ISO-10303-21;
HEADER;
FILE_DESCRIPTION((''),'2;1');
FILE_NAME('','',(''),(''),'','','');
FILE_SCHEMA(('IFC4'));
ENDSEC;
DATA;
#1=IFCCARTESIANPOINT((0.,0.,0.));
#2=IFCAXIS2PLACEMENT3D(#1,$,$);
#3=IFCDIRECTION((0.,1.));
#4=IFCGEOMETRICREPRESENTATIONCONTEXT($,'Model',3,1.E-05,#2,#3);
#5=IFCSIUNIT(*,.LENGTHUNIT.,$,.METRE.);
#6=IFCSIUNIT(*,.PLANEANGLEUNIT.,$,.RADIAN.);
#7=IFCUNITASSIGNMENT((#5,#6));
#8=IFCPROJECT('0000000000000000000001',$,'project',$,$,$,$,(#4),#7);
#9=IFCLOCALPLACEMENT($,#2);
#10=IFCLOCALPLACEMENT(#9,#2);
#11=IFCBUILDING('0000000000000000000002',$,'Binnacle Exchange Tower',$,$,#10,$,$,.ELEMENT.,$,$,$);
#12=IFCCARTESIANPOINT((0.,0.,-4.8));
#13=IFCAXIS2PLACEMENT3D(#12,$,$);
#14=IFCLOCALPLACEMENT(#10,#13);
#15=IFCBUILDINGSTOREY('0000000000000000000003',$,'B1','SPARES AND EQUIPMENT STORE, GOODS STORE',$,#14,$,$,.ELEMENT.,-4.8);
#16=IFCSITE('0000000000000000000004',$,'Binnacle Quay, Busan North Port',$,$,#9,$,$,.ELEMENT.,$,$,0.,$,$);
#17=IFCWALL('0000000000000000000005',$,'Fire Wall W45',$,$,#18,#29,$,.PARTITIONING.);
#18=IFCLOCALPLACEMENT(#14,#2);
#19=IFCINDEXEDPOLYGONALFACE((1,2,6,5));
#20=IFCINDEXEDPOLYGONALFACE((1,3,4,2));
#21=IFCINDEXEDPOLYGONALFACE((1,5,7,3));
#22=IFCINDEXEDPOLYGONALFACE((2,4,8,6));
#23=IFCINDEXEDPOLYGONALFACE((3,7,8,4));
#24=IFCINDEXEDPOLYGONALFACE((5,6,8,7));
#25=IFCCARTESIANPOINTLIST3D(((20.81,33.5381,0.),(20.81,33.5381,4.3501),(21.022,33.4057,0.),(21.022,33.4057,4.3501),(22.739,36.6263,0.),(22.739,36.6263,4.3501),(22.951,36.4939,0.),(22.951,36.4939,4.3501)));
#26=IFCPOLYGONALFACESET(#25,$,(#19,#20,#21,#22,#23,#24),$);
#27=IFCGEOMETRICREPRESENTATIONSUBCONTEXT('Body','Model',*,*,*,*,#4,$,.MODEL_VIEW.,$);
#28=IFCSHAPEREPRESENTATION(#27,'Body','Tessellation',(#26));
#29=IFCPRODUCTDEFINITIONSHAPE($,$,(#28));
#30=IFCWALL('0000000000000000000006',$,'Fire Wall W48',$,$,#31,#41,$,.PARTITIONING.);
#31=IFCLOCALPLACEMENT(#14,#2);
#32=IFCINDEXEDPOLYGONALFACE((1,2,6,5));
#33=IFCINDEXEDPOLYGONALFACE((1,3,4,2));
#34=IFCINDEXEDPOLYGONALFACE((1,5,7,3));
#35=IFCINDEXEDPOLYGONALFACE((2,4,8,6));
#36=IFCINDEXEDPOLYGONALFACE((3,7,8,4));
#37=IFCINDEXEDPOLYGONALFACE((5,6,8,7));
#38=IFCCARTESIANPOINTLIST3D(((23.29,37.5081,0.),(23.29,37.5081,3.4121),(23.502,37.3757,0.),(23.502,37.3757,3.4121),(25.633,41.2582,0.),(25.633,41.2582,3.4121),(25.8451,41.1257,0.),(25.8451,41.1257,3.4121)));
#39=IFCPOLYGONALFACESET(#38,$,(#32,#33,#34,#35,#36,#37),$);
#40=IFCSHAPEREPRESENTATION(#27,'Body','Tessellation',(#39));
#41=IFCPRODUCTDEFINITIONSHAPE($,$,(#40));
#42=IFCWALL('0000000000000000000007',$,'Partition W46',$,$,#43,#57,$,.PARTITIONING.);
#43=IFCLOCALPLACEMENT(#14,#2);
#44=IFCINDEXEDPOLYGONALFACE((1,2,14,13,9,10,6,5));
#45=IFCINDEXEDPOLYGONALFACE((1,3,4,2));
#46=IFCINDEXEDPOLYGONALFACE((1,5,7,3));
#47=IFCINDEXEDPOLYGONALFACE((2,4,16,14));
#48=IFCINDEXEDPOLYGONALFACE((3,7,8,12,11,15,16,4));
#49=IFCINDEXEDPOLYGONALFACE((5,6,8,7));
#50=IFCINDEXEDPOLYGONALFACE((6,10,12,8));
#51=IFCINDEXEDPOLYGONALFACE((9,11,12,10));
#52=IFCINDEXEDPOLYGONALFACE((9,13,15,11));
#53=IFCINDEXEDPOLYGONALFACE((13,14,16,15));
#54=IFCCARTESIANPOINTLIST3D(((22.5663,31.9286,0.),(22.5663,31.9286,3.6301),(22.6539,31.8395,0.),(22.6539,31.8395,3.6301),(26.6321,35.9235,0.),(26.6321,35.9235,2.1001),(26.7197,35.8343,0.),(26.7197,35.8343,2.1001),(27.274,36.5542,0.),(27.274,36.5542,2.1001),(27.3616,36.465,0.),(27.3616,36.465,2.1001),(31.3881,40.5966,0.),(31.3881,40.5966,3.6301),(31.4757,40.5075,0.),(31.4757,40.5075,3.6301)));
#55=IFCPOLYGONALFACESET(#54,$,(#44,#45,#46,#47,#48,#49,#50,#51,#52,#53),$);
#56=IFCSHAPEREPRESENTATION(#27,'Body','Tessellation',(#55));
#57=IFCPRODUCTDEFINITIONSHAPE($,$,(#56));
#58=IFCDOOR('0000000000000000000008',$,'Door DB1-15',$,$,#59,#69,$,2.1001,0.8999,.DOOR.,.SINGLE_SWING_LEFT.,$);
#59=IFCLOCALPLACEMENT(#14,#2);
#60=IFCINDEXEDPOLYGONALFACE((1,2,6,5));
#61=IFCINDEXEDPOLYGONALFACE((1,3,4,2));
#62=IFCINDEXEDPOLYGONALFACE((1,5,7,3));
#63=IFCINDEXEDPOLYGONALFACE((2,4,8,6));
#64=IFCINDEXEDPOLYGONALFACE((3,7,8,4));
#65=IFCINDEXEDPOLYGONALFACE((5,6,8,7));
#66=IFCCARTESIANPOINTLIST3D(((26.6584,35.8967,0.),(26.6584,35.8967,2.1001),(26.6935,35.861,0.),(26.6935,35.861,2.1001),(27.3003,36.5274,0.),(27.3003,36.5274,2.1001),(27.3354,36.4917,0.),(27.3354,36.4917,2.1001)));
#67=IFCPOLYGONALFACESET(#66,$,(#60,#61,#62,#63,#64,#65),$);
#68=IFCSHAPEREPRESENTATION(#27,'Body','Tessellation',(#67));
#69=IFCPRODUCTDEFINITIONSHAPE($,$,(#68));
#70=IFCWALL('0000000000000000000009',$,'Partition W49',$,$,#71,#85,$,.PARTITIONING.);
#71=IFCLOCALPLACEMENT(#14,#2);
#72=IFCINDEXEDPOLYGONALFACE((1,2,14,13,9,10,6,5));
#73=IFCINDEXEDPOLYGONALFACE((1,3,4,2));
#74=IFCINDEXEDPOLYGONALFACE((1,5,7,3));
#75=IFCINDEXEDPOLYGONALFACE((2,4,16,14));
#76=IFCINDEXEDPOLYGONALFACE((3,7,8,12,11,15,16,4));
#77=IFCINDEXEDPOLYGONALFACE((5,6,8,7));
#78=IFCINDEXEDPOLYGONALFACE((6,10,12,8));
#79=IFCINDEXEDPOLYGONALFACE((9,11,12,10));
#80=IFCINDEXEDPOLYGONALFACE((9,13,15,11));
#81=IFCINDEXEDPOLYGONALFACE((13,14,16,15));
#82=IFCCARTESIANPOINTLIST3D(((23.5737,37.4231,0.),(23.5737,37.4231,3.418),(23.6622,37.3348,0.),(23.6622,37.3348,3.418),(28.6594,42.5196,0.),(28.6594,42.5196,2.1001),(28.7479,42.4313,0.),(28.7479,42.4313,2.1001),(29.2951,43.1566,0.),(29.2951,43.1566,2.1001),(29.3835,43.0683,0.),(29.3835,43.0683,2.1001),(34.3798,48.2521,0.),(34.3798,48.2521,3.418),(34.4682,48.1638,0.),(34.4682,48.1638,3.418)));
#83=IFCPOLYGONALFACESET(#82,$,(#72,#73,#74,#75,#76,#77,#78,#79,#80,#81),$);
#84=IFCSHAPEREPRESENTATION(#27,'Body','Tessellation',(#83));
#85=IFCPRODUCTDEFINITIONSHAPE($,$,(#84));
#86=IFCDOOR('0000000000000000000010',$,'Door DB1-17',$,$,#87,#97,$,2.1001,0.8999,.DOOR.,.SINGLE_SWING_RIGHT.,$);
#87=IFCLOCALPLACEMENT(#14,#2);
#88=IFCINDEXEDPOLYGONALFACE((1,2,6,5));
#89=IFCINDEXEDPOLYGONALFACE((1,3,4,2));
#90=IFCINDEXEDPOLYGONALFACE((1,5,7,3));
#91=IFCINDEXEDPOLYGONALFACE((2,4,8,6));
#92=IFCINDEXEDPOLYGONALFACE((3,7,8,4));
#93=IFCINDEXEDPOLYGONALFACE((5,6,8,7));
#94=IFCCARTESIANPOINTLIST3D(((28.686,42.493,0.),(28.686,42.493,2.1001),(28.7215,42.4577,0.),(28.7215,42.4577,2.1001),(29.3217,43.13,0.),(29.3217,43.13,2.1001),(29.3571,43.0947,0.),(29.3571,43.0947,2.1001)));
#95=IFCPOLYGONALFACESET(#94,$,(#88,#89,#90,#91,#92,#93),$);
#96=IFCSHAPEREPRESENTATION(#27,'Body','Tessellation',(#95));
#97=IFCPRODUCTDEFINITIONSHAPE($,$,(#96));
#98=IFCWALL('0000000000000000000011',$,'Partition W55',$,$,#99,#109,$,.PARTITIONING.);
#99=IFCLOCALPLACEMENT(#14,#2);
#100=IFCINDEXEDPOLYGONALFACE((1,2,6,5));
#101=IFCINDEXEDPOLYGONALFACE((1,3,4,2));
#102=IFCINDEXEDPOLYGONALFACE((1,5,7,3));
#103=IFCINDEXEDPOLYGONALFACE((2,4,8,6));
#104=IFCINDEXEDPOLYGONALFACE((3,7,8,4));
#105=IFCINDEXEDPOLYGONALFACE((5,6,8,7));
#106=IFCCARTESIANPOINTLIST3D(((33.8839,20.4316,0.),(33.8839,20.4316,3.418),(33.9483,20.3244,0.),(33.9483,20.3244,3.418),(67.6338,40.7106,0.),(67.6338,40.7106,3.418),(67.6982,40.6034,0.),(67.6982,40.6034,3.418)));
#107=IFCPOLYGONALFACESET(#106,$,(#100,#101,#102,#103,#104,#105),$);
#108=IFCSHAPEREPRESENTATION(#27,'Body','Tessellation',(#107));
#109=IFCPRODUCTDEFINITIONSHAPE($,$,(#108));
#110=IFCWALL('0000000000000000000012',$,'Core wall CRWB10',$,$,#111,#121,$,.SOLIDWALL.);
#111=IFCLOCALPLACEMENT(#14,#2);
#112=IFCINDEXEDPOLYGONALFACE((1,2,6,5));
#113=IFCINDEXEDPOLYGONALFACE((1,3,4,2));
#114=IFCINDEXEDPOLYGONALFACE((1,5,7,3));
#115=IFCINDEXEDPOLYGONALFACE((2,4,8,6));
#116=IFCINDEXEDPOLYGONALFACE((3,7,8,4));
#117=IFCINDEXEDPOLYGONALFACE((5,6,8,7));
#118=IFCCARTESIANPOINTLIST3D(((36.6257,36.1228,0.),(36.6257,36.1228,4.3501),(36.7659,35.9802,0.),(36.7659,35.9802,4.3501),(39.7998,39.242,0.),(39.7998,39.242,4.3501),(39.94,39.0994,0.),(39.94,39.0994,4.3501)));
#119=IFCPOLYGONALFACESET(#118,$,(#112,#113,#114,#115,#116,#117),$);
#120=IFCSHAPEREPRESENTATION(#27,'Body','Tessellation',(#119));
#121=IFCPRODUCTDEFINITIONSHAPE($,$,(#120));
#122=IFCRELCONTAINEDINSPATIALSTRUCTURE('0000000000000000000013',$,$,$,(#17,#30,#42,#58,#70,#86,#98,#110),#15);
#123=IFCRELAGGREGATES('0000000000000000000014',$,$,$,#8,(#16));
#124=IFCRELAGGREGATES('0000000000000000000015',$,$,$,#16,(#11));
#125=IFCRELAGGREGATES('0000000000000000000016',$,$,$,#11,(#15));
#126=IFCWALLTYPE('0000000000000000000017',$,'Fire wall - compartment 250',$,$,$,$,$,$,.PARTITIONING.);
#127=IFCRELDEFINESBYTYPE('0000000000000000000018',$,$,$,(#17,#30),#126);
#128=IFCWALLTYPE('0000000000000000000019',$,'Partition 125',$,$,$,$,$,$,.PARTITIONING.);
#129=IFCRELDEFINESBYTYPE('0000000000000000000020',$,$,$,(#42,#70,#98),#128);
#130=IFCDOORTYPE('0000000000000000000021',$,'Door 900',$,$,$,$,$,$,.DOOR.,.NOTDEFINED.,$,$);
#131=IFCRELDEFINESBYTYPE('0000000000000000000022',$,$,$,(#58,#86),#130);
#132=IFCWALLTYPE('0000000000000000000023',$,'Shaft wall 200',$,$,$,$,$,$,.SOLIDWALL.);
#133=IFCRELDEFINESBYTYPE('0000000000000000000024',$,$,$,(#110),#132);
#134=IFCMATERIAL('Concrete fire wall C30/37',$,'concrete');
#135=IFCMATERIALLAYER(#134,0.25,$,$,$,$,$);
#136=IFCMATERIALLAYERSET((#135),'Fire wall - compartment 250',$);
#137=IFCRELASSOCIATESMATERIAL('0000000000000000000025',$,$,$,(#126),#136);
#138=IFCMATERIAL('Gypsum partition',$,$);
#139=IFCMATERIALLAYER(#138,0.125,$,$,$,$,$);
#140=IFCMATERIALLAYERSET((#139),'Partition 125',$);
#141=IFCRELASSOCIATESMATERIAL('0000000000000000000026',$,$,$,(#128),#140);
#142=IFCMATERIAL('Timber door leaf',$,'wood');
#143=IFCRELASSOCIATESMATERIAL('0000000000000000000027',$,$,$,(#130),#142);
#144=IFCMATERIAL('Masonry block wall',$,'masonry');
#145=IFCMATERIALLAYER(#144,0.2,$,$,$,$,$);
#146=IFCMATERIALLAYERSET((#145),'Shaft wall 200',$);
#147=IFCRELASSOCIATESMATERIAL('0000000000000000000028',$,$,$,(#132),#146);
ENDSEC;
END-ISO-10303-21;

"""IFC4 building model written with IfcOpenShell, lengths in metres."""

from ifc_helpers import new_model, si_unit, direction, frame, frame_2d, origin, place, context, subcontext, project, spatial, rectangle, extrude, material, layer, layer_set, type_object, element, fill, save


model = new_model("IFC4")

# Units and contexts
model_context = context("Model", 3, precision=1e-05, world=origin(), true_north=direction((0.0, 1.0)))
body_context = subcontext(model_context, "Body", "Model", "MODEL_VIEW")
ifc_project = project(units=[si_unit("LENGTHUNIT", "METRE"), si_unit("PLANEANGLEUNIT", "RADIAN")], contexts=[model_context])

# Site, building, storey
site_placement = place(None, origin())
site = spatial("IfcSite", under=ifc_project, at=site_placement, Name="Binnacle Quay, Busan North Port", CompositionType="ELEMENT", RefElevation=0.0)
building_placement = place(site_placement, origin())
building = spatial("IfcBuilding", under=site, at=building_placement, Name="Binnacle Exchange Tower", CompositionType="ELEMENT")
storey_placement = place(building_placement, frame((0.0, 0.0, -4.8)))
storey = spatial("IfcBuildingStorey", under=building, at=storey_placement, Name="B1", Description="SPARES AND EQUIPMENT STORE, GOODS STORE", CompositionType="ELEMENT", Elevation=-4.8)

# Walls
ifc_material_1 = material(Name="Concrete fire wall C30/37", Category="concrete")
ifc_layer_1 = layer(ifc_material_1, 0.25)
ifc_layer_set_1 = layer_set([ifc_layer_1], Name="Fire wall - compartment 250")
wall_type_1 = type_object("IfcWallType", Name="Fire wall - compartment 250", PredefinedType="PARTITIONING", material=ifc_layer_set_1)
wall_1_placement = place(storey_placement, frame((20.916, 33.4719, 0.0), z_axis=(0.0, 0.0, 1.0), x_axis=(0.529776, 0.848138, 0.0)))
element("IfcWall", 1, at=wall_1_placement, inside=storey, type_object=wall_type_1, Name="Fire Wall W45", PredefinedType="PARTITIONING", context=body_context, shape_type="SweptSolid", body=[
    extrude(rectangle(XDim=3.6411, YDim=0.25, at=frame_2d((1.8206, 0.0))), origin(), (0.0, 0.0, 1.0), 4.3501),
])
wall_2_placement = place(storey_placement, frame((23.396, 37.4419, 0.0), z_axis=(0.0, 0.0, 1.0), x_axis=(0.52988, 0.848073, 0.0)))
element("IfcWall", 2, at=wall_2_placement, inside=storey, type_object=wall_type_1, Name="Fire Wall W48", PredefinedType="PARTITIONING", context=body_context, shape_type="SweptSolid", body=[
    extrude(rectangle(XDim=4.4219, YDim=0.25, at=frame_2d((2.2109, 0.0))), origin(), (0.0, 0.0, 1.0), 3.4121),
])

# Walls, openings, doors
ifc_material_2 = material(Name="Gypsum partition")
ifc_layer_2 = layer(ifc_material_2, 0.125)
ifc_layer_set_2 = layer_set([ifc_layer_2], Name="Partition 125")
wall_type_2 = type_object("IfcWallType", Name="Partition 125", PredefinedType="PARTITIONING", material=ifc_layer_set_2)
wall_3_placement = place(storey_placement, frame((22.6101, 31.884, 0.0), z_axis=(0.0, 0.0, 1.0), x_axis=(0.713298, 0.700861, 0.0)))
wall_3 = element("IfcWall", 3, at=wall_3_placement, inside=storey, type_object=wall_type_2, Name="Partition W46", PredefinedType="PARTITIONING", context=body_context, shape_type="SweptSolid", body=[
    extrude(rectangle(XDim=12.3677, YDim=0.125, at=frame_2d((6.1838, 0.0))), origin(), (0.0, 0.0, 1.0), 3.6301),
])
opening_1_placement = place(wall_3_placement, frame((5.7, 0.0, 0.0)))
opening_1 = element("IfcOpeningElement", 4, at=opening_1_placement, cuts=wall_3, PredefinedType="OPENING", context=body_context, shape_type="SweptSolid", body=[
    extrude(rectangle(XDim=0.8999, YDim=2.1001, at=frame_2d((0.45, 1.05))), frame((0.0, 0.0725, 0.0), z_axis=(0.0, -1.0, 0.0), x_axis=(1.0, 0.0, 0.0)), (0.0, 0.0, 1.0), 0.145),
])
ifc_material_3 = material(Name="Timber door leaf", Category="wood")
door_type = type_object("IfcDoorType", Name="Door 900", OperationType="NOTDEFINED", PredefinedType="DOOR", material=ifc_material_3)
door_1_placement = place(opening_1_placement, origin())
door_1 = element("IfcDoor", 5, at=door_1_placement, inside=storey, type_object=door_type, Name="Door DB1-15", OperationType="SINGLE_SWING_LEFT", OverallHeight=2.1001, OverallWidth=0.8999, PredefinedType="DOOR", context=body_context, shape_type="SweptSolid", body=[
    extrude(rectangle(XDim=0.8999, YDim=2.1001, at=frame_2d((0.45, 1.05))), frame((0.0, 0.0249, 0.0), z_axis=(0.0, -1.0, 0.0), x_axis=(1.0, 0.0, 0.0)), (0.0, 0.0, 1.0), 0.05),
])
fill(opening_1, door_1)
wall_4_placement = place(storey_placement, frame((23.6179, 37.3789, 0.0), z_axis=(0.0, 0.0, 1.0), x_axis=(0.706356, 0.707856, 0.0)))
wall_4 = element("IfcWall", 6, at=wall_4_placement, inside=storey, type_object=wall_type_2, Name="Partition W49", PredefinedType="PARTITIONING", context=body_context, shape_type="SweptSolid", body=[
    extrude(rectangle(XDim=15.2983, YDim=0.125, at=frame_2d((7.6492, 0.0))), origin(), (0.0, 0.0, 1.0), 3.418),
])
opening_2_placement = place(wall_4_placement, frame((7.2, 0.0, 0.0)))
opening_2 = element("IfcOpeningElement", 7, at=opening_2_placement, cuts=wall_4, PredefinedType="OPENING", context=body_context, shape_type="SweptSolid", body=[
    extrude(rectangle(XDim=0.8999, YDim=2.1001, at=frame_2d((0.45, 1.05))), frame((0.0, 0.0725, 0.0), z_axis=(0.0, -1.0, 0.0), x_axis=(1.0, 0.0, 0.0)), (0.0, 0.0, 1.0), 0.145),
])
door_2_placement = place(opening_2_placement, origin())
door_2 = element("IfcDoor", 8, at=door_2_placement, inside=storey, type_object=door_type, Name="Door DB1-17", OperationType="SINGLE_SWING_RIGHT", OverallHeight=2.1001, OverallWidth=0.8999, PredefinedType="DOOR", context=body_context, shape_type="SweptSolid", body=[
    extrude(rectangle(XDim=0.8999, YDim=2.1001, at=frame_2d((0.45, 1.05))), frame((0.0, 0.0249, 0.0), z_axis=(0.0, -1.0, 0.0), x_axis=(1.0, 0.0, 0.0)), (0.0, 0.0, 1.0), 0.05),
])
fill(opening_2, door_2)

# Walls
wall_5_placement = place(storey_placement, frame((33.916, 20.3779, 0.0), z_axis=(0.0, 0.0, 1.0), x_axis=(0.857167, 0.515038, 0.0)))
element("IfcWall", 9, at=wall_5_placement, inside=storey, type_object=wall_type_2, Name="Partition W55", PredefinedType="PARTITIONING", context=body_context, shape_type="SweptSolid", body=[
    extrude(rectangle(XDim=39.3738, YDim=0.125, at=frame_2d((19.687, 0.0))), origin(), (0.0, 0.0, 1.0), 3.418),
])
ifc_material_4 = material(Name="Masonry block wall", Category="masonry")
ifc_layer_3 = layer(ifc_material_4, 0.2)
ifc_layer_set_3 = layer_set([ifc_layer_3], Name="Shaft wall 200")
wall_type_3 = type_object("IfcWallType", Name="Shaft wall 200", PredefinedType="SOLIDWALL", material=ifc_layer_set_3)
wall_6_placement = place(storey_placement, frame((36.6958, 36.0515, 0.0), z_axis=(0.0, 0.0, 1.0), x_axis=(0.713252, 0.700908, 0.0)))
element("IfcWall", 10, at=wall_6_placement, inside=storey, type_object=wall_type_3, Name="Core wall CRWB10", PredefinedType="SOLIDWALL", context=body_context, shape_type="SweptSolid", body=[
    extrude(rectangle(XDim=4.4502, YDim=0.2, at=frame_2d((2.2251, 0.0))), origin(), (0.0, 0.0, 1.0), 4.3501),
])

save(model, "model.ifc")
